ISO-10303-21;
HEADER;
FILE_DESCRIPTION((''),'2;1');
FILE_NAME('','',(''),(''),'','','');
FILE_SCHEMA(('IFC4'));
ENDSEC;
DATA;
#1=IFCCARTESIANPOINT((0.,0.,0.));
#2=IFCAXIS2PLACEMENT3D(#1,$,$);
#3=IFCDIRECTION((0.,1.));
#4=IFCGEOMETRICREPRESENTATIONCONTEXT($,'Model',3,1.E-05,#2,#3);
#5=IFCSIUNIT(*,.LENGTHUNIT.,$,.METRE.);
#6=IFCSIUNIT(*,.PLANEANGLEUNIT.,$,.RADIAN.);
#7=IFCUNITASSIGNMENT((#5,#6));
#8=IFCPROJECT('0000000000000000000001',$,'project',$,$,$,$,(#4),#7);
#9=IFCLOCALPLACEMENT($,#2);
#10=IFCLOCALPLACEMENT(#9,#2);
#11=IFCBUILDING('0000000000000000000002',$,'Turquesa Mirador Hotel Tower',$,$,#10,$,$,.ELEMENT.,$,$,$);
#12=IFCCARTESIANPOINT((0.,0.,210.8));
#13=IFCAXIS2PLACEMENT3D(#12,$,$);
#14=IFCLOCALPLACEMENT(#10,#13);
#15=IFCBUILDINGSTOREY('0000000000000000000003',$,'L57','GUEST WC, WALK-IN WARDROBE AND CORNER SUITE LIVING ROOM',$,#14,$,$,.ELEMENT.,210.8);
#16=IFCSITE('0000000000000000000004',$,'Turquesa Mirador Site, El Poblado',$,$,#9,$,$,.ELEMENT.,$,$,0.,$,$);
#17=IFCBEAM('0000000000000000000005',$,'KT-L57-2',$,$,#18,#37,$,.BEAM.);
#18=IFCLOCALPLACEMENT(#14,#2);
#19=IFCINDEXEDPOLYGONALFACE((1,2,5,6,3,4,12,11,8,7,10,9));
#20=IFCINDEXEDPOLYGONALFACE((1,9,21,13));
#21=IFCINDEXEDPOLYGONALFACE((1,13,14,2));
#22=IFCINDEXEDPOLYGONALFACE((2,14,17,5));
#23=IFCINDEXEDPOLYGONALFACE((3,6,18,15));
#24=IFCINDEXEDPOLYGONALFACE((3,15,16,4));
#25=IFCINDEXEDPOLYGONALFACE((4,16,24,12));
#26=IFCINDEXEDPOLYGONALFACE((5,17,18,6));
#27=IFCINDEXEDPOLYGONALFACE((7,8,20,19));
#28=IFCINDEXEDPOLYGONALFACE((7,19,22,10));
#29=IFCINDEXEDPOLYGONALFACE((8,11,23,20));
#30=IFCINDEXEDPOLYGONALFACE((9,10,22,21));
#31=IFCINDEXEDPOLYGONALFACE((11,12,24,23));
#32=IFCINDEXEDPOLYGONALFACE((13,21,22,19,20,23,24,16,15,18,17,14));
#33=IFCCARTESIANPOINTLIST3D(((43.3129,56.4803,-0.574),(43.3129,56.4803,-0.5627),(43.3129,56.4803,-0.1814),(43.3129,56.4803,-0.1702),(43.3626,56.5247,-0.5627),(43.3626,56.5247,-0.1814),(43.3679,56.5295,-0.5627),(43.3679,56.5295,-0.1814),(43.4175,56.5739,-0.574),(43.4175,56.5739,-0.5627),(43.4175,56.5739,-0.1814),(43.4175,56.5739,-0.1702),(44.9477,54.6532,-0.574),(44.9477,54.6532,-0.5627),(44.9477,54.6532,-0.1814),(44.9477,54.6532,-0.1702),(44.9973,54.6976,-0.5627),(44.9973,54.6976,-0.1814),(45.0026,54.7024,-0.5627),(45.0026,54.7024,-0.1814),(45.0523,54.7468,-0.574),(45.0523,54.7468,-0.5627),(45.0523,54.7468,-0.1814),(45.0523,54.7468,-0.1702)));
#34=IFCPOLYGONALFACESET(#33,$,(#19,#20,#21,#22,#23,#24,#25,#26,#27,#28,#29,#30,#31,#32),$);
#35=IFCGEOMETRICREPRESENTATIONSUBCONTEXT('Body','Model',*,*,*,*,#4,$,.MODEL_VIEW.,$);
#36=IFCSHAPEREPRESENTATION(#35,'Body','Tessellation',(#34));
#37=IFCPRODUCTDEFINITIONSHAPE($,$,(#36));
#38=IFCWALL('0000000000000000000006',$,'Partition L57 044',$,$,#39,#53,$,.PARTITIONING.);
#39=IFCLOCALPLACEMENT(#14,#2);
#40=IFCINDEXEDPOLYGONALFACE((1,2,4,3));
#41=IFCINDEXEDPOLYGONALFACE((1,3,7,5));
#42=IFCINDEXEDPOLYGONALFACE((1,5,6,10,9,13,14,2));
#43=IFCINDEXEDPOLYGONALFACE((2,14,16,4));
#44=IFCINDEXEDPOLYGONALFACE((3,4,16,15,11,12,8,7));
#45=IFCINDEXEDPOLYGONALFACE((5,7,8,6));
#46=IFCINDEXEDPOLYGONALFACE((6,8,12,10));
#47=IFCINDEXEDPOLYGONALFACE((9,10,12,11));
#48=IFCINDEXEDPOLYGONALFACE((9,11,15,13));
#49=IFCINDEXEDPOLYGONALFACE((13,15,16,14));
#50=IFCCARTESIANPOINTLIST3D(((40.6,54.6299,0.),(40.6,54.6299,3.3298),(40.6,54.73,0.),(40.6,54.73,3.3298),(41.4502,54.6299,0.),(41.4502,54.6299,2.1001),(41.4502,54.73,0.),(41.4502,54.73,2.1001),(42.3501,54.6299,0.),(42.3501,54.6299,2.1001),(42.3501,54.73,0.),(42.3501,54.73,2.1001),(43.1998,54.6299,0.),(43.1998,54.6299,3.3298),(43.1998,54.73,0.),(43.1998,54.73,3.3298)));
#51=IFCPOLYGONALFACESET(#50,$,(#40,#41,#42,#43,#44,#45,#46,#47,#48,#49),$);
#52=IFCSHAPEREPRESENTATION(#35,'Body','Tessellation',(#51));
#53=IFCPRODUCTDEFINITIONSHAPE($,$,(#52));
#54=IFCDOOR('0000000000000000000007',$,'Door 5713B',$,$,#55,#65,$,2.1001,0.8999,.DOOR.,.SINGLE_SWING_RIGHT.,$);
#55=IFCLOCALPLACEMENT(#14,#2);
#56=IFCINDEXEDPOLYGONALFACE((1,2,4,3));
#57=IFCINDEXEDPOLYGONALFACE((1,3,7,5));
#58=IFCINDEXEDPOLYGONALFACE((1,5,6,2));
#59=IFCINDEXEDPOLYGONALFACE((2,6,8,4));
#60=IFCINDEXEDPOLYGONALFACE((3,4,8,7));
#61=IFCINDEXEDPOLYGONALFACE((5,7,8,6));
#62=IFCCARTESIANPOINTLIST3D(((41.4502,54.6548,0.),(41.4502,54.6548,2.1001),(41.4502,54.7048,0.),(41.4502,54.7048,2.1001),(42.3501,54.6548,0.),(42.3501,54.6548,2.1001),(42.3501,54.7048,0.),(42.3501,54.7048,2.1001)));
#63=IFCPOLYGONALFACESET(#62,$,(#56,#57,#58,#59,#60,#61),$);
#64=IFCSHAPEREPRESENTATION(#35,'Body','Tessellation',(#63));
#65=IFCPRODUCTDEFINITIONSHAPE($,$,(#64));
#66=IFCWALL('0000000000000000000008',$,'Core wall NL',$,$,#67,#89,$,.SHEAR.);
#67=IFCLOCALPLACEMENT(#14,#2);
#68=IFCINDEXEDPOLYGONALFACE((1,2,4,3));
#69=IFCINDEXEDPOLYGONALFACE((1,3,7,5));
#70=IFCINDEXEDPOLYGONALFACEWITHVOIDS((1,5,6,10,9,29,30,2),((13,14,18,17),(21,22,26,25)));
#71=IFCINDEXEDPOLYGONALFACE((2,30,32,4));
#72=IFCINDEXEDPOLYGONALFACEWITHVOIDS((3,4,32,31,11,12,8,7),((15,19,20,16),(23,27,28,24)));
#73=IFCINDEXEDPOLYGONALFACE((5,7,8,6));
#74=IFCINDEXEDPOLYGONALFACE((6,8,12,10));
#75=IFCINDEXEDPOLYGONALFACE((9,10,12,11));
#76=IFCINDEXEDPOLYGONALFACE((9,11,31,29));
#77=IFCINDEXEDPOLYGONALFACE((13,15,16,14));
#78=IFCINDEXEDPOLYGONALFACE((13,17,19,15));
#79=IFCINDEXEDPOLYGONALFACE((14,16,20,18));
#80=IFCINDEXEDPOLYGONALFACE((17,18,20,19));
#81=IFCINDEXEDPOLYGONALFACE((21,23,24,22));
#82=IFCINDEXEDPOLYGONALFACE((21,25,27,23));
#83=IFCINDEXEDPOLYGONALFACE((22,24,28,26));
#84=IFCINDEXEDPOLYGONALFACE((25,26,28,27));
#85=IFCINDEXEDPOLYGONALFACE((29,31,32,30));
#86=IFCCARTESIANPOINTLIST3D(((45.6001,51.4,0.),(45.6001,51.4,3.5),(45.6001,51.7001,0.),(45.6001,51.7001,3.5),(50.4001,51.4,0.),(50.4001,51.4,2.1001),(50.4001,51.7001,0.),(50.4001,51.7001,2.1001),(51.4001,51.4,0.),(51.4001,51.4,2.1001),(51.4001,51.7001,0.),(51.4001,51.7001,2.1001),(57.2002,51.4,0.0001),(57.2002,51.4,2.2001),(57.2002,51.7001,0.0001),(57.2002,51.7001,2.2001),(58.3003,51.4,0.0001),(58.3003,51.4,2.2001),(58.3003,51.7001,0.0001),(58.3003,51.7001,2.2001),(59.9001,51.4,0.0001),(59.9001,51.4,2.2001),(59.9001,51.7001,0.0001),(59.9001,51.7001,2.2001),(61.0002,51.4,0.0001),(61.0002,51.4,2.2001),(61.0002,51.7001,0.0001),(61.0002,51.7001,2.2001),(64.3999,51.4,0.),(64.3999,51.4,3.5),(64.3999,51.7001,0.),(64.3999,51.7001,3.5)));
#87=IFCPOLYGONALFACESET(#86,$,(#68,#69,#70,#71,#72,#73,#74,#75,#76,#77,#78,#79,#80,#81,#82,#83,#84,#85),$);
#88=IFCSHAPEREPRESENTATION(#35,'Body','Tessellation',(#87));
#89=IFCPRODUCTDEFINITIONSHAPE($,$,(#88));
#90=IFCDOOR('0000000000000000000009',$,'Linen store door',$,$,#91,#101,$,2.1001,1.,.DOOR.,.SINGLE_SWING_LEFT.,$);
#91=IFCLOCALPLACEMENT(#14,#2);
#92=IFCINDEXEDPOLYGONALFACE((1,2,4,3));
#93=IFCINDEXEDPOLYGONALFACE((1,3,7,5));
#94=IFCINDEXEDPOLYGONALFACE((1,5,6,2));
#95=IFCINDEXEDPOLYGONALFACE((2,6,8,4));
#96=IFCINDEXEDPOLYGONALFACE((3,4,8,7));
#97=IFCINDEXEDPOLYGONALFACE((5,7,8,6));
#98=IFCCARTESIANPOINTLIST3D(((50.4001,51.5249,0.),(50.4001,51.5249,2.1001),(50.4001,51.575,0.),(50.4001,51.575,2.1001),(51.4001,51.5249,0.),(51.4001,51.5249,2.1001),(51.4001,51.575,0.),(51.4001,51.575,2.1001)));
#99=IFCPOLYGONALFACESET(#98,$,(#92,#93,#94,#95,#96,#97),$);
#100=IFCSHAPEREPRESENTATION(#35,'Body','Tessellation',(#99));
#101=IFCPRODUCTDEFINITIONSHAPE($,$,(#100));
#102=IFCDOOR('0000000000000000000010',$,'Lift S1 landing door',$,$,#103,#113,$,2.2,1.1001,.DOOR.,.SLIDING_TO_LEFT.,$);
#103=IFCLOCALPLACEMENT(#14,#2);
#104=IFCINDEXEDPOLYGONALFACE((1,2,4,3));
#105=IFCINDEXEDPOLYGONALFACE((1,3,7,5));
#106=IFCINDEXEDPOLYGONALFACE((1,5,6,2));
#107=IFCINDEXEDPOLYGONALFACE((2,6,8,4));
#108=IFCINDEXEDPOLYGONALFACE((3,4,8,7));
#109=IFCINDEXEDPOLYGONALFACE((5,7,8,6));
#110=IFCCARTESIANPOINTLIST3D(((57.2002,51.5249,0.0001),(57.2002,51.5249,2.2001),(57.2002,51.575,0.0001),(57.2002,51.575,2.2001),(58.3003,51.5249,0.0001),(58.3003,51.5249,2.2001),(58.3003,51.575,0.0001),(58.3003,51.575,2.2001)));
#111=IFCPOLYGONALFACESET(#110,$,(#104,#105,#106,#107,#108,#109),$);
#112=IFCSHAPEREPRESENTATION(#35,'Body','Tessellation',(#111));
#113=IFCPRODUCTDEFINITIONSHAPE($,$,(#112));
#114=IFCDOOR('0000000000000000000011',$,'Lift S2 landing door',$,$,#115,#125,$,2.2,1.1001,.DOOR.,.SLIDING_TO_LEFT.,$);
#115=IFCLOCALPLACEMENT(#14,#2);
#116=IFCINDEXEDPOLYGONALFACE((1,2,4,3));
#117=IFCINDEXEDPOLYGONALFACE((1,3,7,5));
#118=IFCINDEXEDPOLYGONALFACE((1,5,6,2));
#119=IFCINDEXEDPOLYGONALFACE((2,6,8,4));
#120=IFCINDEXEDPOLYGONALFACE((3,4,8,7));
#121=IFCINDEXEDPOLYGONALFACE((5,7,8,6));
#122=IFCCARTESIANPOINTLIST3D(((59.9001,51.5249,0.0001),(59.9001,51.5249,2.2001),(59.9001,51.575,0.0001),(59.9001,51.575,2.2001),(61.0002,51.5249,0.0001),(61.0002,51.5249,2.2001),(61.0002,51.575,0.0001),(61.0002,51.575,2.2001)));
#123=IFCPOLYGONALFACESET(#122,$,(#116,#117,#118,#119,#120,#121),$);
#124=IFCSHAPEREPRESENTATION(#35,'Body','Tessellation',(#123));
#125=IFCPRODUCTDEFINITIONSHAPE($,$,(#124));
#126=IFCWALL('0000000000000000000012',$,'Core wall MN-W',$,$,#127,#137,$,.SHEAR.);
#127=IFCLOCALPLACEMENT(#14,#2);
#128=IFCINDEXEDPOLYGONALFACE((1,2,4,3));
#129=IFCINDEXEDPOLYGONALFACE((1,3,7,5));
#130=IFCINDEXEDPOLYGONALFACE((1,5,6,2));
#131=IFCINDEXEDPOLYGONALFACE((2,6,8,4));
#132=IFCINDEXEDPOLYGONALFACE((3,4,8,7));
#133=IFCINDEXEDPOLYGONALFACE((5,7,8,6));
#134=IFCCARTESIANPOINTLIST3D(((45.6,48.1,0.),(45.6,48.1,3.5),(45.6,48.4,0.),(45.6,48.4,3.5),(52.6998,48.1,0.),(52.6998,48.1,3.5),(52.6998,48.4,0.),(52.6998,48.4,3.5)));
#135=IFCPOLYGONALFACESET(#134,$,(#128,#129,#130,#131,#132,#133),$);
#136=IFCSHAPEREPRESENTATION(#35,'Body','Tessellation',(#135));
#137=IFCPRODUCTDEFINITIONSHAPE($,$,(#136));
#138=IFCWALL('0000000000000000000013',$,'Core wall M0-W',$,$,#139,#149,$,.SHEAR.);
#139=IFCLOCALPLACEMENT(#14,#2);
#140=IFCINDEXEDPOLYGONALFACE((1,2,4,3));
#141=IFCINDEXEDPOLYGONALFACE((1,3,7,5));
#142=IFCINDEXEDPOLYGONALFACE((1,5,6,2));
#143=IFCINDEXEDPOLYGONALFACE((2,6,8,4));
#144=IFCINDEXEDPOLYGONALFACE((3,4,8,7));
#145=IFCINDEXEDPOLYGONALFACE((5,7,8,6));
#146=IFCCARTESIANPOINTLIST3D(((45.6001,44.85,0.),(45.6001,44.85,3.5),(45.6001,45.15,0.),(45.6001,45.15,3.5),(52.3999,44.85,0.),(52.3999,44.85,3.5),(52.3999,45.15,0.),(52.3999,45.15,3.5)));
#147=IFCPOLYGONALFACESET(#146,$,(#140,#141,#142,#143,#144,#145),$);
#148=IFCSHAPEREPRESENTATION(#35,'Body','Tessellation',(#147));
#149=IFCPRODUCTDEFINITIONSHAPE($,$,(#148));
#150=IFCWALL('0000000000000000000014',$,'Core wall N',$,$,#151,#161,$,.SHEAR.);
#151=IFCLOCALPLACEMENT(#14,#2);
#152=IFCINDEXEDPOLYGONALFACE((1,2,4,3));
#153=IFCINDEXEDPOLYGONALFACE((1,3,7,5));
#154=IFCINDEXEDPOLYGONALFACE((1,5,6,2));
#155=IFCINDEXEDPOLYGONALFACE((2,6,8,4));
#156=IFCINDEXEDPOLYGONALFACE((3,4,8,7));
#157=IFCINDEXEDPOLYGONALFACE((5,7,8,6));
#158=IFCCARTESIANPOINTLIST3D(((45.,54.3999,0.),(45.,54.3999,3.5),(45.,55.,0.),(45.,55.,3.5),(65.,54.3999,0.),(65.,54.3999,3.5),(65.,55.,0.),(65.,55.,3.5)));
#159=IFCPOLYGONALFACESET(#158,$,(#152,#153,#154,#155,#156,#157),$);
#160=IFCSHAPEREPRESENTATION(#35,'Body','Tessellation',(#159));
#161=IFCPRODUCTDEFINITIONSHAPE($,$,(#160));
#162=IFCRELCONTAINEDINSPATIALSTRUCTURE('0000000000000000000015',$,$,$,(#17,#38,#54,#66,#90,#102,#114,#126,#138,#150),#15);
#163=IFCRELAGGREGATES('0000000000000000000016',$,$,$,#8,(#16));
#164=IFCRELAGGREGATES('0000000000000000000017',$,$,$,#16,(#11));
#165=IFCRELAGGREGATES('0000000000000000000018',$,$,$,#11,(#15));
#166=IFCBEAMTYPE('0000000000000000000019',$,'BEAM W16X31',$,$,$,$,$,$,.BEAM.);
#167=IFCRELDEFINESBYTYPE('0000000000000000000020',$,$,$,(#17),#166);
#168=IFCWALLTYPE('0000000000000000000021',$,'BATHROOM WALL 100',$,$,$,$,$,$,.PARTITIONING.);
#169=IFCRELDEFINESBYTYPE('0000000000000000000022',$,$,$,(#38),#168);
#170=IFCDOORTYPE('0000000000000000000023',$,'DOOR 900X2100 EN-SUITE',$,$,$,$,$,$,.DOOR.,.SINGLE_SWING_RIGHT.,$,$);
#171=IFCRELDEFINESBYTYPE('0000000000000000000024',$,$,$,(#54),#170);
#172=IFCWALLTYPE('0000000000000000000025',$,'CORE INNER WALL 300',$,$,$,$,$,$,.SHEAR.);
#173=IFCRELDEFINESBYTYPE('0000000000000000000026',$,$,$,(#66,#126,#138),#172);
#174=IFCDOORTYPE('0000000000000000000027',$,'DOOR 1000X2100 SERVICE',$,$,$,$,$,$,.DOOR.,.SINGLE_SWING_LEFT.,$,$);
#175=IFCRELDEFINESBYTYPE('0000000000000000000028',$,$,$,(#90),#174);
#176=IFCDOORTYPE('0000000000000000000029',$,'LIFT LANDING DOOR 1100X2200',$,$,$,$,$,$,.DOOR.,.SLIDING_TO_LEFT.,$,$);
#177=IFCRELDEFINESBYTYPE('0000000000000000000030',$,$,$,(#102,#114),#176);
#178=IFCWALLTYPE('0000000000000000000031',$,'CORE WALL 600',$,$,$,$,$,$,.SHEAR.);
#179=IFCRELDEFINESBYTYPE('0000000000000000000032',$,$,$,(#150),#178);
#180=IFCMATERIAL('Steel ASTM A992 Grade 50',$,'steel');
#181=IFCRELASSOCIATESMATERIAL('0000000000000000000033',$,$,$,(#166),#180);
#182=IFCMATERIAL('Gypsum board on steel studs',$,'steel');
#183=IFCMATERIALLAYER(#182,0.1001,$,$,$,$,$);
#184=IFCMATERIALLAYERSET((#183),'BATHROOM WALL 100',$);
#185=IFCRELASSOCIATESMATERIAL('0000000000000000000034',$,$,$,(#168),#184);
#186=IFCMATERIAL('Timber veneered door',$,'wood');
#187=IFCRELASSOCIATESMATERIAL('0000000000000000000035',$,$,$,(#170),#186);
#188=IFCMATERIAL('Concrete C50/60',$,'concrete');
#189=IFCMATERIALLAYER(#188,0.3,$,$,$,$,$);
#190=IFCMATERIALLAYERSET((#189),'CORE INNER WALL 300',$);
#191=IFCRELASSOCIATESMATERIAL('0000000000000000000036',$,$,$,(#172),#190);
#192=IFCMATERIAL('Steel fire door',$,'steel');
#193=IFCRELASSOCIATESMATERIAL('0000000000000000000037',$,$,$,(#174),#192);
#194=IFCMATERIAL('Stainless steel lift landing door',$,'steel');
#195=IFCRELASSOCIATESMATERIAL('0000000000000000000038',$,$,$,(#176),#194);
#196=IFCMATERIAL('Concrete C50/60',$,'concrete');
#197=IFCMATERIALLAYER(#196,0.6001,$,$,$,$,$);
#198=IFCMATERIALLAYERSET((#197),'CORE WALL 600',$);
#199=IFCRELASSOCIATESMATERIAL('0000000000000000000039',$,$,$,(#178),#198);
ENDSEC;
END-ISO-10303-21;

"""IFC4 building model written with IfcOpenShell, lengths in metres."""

from ifc_helpers import new_model, si_unit, direction, frame, frame_2d, origin, origin_2d, place, context, subcontext, project, spatial, rectangle, i_section, extrude, material, layer, layer_set, material_profile, profile_set, type_object, element, fill, save


model = new_model("IFC4")

# Units and contexts
model_context = context("Model", 3, precision=1e-05, world=origin(), true_north=direction((0.0, 1.0)))
body_context = subcontext(model_context, "Body", "Model", "MODEL_VIEW")
ifc_project = project(units=[si_unit("LENGTHUNIT", "METRE"), si_unit("PLANEANGLEUNIT", "RADIAN")], contexts=[model_context])

# Site, building, storey
site_placement = place(None, origin())
site = spatial("IfcSite", under=ifc_project, at=site_placement, Name="Turquesa Mirador Site, El Poblado", CompositionType="ELEMENT", RefElevation=0.0)
building_placement = place(site_placement, origin())
building = spatial("IfcBuilding", under=site, at=building_placement, Name="Turquesa Mirador Hotel Tower", CompositionType="ELEMENT")
storey_placement = place(building_placement, frame((0.0, 0.0, 210.8)))
storey = spatial("IfcBuildingStorey", under=building, at=storey_placement, Name="L57", Description="GUEST WC, WALK-IN WARDROBE AND CORNER SUITE LIVING ROOM", CompositionType="ELEMENT", Elevation=210.8)

# Beam
ifc_material_1 = material(Name="Steel ASTM A992 Grade 50", Category="steel")
ifc_material_profile = material_profile(ifc_material_1, i_section(OverallWidth=0.1404, OverallDepth=0.4038, WebThickness=0.0071, FlangeThickness=0.0112, at=origin_2d()), Name="W16X31")
ifc_profile_set = profile_set([ifc_material_profile], Name="Steel ASTM A992 Grade 50")
beam_type = type_object("IfcBeamType", Name="BEAM W16X31", PredefinedType="BEAM", material=ifc_profile_set)
beam_placement = place(storey_placement, frame((43.3652, 56.5271, -0.3721), z_axis=(0.666783, -0.745252, 0.0), x_axis=(0.745252, 0.666783, 0.0)))
element("IfcBeam", 1, at=beam_placement, inside=storey, type_object=beam_type, Name="KT-L57-2", PredefinedType="BEAM", context=body_context, shape_type="SweptSolid", body=[
    extrude(i_section(OverallWidth=0.1404, OverallDepth=0.4038, WebThickness=0.0071, FlangeThickness=0.0112, at=origin_2d()), origin(), (0.0, 0.0, 1.0), 2.4517),
])

# Wall, opening, door
ifc_material_2 = material(Name="Gypsum board on steel studs", Category="steel")
ifc_layer_1 = layer(ifc_material_2, 0.1001)
ifc_layer_set_1 = layer_set([ifc_layer_1], Name="BATHROOM WALL 100")
wall_type_1 = type_object("IfcWallType", Name="BATHROOM WALL 100", PredefinedType="PARTITIONING", material=ifc_layer_set_1)
wall_1_placement = place(storey_placement, frame((40.6001, 54.6799, 0.0), z_axis=(0.0, 0.0, 1.0), x_axis=(1.0, 0.0, 0.0)))
wall_1 = element("IfcWall", 2, at=wall_1_placement, inside=storey, type_object=wall_type_1, Name="Partition L57 044", PredefinedType="PARTITIONING", context=body_context, shape_type="SweptSolid", body=[
    extrude(rectangle(XDim=2.5999, YDim=0.1001, at=frame_2d((1.2998, 0.0))), origin(), (0.0, 0.0, 1.0), 3.3298),
])
opening_1_placement = place(wall_1_placement, frame((0.8501, 0.0, 0.0)))
opening_1 = element("IfcOpeningElement", 3, at=opening_1_placement, cuts=wall_1, PredefinedType="OPENING", context=body_context, shape_type="SweptSolid", body=[
    extrude(rectangle(XDim=0.8999, YDim=2.1001, at=frame_2d((0.45, 1.05))), frame((0.0, 0.0601, 0.0), z_axis=(0.0, -1.0, 0.0), x_axis=(1.0, 0.0, 0.0)), (0.0, 0.0, 1.0), 0.1201),
])
ifc_material_3 = material(Name="Timber veneered door", Category="wood")
door_type_1 = type_object("IfcDoorType", Name="DOOR 900X2100 EN-SUITE", OperationType="SINGLE_SWING_RIGHT", PredefinedType="DOOR", material=ifc_material_3)
door_1_placement = place(opening_1_placement, origin())
door_1 = element("IfcDoor", 4, at=door_1_placement, inside=storey, type_object=door_type_1, Name="Door 5713B", OperationType="SINGLE_SWING_RIGHT", OverallHeight=2.1001, OverallWidth=0.8999, PredefinedType="DOOR", context=body_context, shape_type="SweptSolid", body=[
    extrude(rectangle(XDim=0.8999, YDim=2.1001, at=frame_2d((0.45, 1.05))), frame((0.0, 0.0249, 0.0), z_axis=(0.0, -1.0, 0.0), x_axis=(1.0, 0.0, 0.0)), (0.0, 0.0, 1.0), 0.05),
])
fill(opening_1, door_1)

# Wall, openings, doors
ifc_material_4 = material(Name="Concrete C50/60", Category="concrete")
ifc_layer_2 = layer(ifc_material_4, 0.3)
ifc_layer_set_2 = layer_set([ifc_layer_2], Name="CORE INNER WALL 300")
wall_type_2 = type_object("IfcWallType", Name="CORE INNER WALL 300", PredefinedType="SHEAR", material=ifc_layer_set_2)
wall_2_placement = place(storey_placement, frame((45.6001, 51.55, 0.0), z_axis=(0.0, 0.0, 1.0), x_axis=(1.0, 0.0, 0.0)))
wall_2 = element("IfcWall", 5, at=wall_2_placement, inside=storey, type_object=wall_type_2, Name="Core wall NL", PredefinedType="SHEAR", context=body_context, shape_type="SweptSolid", body=[
    extrude(rectangle(XDim=18.7998, YDim=0.3, at=frame_2d((9.3999, 0.0))), origin(), (0.0, 0.0, 1.0), 3.5),
])
opening_2_placement = place(wall_2_placement, frame((4.8, 0.0, 0.0)))
opening_2 = element("IfcOpeningElement", 6, at=opening_2_placement, cuts=wall_2, PredefinedType="OPENING", context=body_context, shape_type="SweptSolid", body=[
    extrude(rectangle(XDim=1.0, YDim=2.1001, at=frame_2d((0.5, 1.05))), frame((0.0, 0.1599, 0.0), z_axis=(0.0, -1.0, 0.0), x_axis=(1.0, 0.0, 0.0)), (0.0, 0.0, 1.0), 0.3201),
])
opening_3_placement = place(wall_2_placement, frame((11.6001, 0.0, 0.0)))
opening_3 = element("IfcOpeningElement", 7, at=opening_3_placement, cuts=wall_2, PredefinedType="OPENING", context=body_context, shape_type="SweptSolid", body=[
    extrude(rectangle(XDim=1.1001, YDim=2.2, at=frame_2d((0.55, 1.1001))), frame((0.0, 0.1599, 0.0), z_axis=(0.0, -1.0, 0.0), x_axis=(1.0, 0.0, 0.0)), (0.0, 0.0, 1.0), 0.3201),
])
opening_4_placement = place(wall_2_placement, frame((14.3, 0.0, 0.0)))
opening_4 = element("IfcOpeningElement", 8, at=opening_4_placement, cuts=wall_2, PredefinedType="OPENING", context=body_context, shape_type="SweptSolid", body=[
    extrude(rectangle(XDim=1.1001, YDim=2.2, at=frame_2d((0.55, 1.1001))), frame((0.0, 0.1599, 0.0), z_axis=(0.0, -1.0, 0.0), x_axis=(1.0, 0.0, 0.0)), (0.0, 0.0, 1.0), 0.3201),
])
ifc_material_5 = material(Name="Steel fire door", Category="steel")
door_type_2 = type_object("IfcDoorType", Name="DOOR 1000X2100 SERVICE", OperationType="SINGLE_SWING_LEFT", PredefinedType="DOOR", material=ifc_material_5)
door_2_placement = place(opening_2_placement, origin())
door_2 = element("IfcDoor", 9, at=door_2_placement, inside=storey, type_object=door_type_2, Name="Linen store door", OperationType="SINGLE_SWING_LEFT", OverallHeight=2.1001, OverallWidth=1.0, PredefinedType="DOOR", context=body_context, shape_type="SweptSolid", body=[
    extrude(rectangle(XDim=1.0, YDim=2.1001, at=frame_2d((0.5, 1.05))), frame((0.0, 0.0249, 0.0), z_axis=(0.0, -1.0, 0.0), x_axis=(1.0, 0.0, 0.0)), (0.0, 0.0, 1.0), 0.05),
])
fill(opening_2, door_2)
ifc_material_6 = material(Name="Stainless steel lift landing door", Category="steel")
door_type_3 = type_object("IfcDoorType", Name="LIFT LANDING DOOR 1100X2200", OperationType="SLIDING_TO_LEFT", PredefinedType="DOOR", material=ifc_material_6)
door_3_placement = place(opening_3_placement, origin())
door_3 = element("IfcDoor", 10, at=door_3_placement, inside=storey, type_object=door_type_3, Name="Lift S1 landing door", OperationType="SLIDING_TO_LEFT", OverallHeight=2.2, OverallWidth=1.1001, PredefinedType="DOOR", context=body_context, shape_type="SweptSolid", body=[
    extrude(rectangle(XDim=1.1001, YDim=2.2, at=frame_2d((0.55, 1.1001))), frame((0.0, 0.0249, 0.0), z_axis=(0.0, -1.0, 0.0), x_axis=(1.0, 0.0, 0.0)), (0.0, 0.0, 1.0), 0.05),
])
fill(opening_3, door_3)
door_4_placement = place(opening_4_placement, origin())
door_4 = element("IfcDoor", 11, at=door_4_placement, inside=storey, type_object=door_type_3, Name="Lift S2 landing door", OperationType="SLIDING_TO_LEFT", OverallHeight=2.2, OverallWidth=1.1001, PredefinedType="DOOR", context=body_context, shape_type="SweptSolid", body=[
    extrude(rectangle(XDim=1.1001, YDim=2.2, at=frame_2d((0.55, 1.1001))), frame((0.0, 0.0249, 0.0), z_axis=(0.0, -1.0, 0.0), x_axis=(1.0, 0.0, 0.0)), (0.0, 0.0, 1.0), 0.05),
])
fill(opening_4, door_4)

# Walls
wall_3_placement = place(storey_placement, frame((45.6001, 48.25, 0.0), z_axis=(0.0, 0.0, 1.0), x_axis=(1.0, 0.0, 0.0)))
element("IfcWall", 12, at=wall_3_placement, inside=storey, type_object=wall_type_2, Name="Core wall MN-W", PredefinedType="SHEAR", context=body_context, shape_type="SweptSolid", body=[
    extrude(rectangle(XDim=7.0999, YDim=0.3, at=frame_2d((3.5498, 0.0))), origin(), (0.0, 0.0, 1.0), 3.5),
])
wall_4_placement = place(storey_placement, frame((45.6001, 45.0, 0.0), z_axis=(0.0, 0.0, 1.0), x_axis=(1.0, 0.0, 0.0)))
element("IfcWall", 13, at=wall_4_placement, inside=storey, type_object=wall_type_2, Name="Core wall M0-W", PredefinedType="SHEAR", context=body_context, shape_type="SweptSolid", body=[
    extrude(rectangle(XDim=6.7998, YDim=0.3, at=frame_2d((3.3999, 0.0))), origin(), (0.0, 0.0, 1.0), 3.5),
])
ifc_material_7 = material(Name="Concrete C50/60", Category="concrete")
ifc_layer_3 = layer(ifc_material_7, 0.6001)
ifc_layer_set_3 = layer_set([ifc_layer_3], Name="CORE WALL 600")
wall_type_3 = type_object("IfcWallType", Name="CORE WALL 600", PredefinedType="SHEAR", material=ifc_layer_set_3)
wall_5_placement = place(storey_placement, frame((45.0, 54.7, 0.0), z_axis=(0.0, 0.0, 1.0), x_axis=(1.0, 0.0, 0.0)))
element("IfcWall", 14, at=wall_5_placement, inside=storey, type_object=wall_type_3, Name="Core wall N", PredefinedType="SHEAR", context=body_context, shape_type="SweptSolid", body=[
    extrude(rectangle(XDim=20.0, YDim=0.6001, at=frame_2d((10.0, 0.0))), origin(), (0.0, 0.0, 1.0), 3.5),
])

save(model, "model.ifc")
